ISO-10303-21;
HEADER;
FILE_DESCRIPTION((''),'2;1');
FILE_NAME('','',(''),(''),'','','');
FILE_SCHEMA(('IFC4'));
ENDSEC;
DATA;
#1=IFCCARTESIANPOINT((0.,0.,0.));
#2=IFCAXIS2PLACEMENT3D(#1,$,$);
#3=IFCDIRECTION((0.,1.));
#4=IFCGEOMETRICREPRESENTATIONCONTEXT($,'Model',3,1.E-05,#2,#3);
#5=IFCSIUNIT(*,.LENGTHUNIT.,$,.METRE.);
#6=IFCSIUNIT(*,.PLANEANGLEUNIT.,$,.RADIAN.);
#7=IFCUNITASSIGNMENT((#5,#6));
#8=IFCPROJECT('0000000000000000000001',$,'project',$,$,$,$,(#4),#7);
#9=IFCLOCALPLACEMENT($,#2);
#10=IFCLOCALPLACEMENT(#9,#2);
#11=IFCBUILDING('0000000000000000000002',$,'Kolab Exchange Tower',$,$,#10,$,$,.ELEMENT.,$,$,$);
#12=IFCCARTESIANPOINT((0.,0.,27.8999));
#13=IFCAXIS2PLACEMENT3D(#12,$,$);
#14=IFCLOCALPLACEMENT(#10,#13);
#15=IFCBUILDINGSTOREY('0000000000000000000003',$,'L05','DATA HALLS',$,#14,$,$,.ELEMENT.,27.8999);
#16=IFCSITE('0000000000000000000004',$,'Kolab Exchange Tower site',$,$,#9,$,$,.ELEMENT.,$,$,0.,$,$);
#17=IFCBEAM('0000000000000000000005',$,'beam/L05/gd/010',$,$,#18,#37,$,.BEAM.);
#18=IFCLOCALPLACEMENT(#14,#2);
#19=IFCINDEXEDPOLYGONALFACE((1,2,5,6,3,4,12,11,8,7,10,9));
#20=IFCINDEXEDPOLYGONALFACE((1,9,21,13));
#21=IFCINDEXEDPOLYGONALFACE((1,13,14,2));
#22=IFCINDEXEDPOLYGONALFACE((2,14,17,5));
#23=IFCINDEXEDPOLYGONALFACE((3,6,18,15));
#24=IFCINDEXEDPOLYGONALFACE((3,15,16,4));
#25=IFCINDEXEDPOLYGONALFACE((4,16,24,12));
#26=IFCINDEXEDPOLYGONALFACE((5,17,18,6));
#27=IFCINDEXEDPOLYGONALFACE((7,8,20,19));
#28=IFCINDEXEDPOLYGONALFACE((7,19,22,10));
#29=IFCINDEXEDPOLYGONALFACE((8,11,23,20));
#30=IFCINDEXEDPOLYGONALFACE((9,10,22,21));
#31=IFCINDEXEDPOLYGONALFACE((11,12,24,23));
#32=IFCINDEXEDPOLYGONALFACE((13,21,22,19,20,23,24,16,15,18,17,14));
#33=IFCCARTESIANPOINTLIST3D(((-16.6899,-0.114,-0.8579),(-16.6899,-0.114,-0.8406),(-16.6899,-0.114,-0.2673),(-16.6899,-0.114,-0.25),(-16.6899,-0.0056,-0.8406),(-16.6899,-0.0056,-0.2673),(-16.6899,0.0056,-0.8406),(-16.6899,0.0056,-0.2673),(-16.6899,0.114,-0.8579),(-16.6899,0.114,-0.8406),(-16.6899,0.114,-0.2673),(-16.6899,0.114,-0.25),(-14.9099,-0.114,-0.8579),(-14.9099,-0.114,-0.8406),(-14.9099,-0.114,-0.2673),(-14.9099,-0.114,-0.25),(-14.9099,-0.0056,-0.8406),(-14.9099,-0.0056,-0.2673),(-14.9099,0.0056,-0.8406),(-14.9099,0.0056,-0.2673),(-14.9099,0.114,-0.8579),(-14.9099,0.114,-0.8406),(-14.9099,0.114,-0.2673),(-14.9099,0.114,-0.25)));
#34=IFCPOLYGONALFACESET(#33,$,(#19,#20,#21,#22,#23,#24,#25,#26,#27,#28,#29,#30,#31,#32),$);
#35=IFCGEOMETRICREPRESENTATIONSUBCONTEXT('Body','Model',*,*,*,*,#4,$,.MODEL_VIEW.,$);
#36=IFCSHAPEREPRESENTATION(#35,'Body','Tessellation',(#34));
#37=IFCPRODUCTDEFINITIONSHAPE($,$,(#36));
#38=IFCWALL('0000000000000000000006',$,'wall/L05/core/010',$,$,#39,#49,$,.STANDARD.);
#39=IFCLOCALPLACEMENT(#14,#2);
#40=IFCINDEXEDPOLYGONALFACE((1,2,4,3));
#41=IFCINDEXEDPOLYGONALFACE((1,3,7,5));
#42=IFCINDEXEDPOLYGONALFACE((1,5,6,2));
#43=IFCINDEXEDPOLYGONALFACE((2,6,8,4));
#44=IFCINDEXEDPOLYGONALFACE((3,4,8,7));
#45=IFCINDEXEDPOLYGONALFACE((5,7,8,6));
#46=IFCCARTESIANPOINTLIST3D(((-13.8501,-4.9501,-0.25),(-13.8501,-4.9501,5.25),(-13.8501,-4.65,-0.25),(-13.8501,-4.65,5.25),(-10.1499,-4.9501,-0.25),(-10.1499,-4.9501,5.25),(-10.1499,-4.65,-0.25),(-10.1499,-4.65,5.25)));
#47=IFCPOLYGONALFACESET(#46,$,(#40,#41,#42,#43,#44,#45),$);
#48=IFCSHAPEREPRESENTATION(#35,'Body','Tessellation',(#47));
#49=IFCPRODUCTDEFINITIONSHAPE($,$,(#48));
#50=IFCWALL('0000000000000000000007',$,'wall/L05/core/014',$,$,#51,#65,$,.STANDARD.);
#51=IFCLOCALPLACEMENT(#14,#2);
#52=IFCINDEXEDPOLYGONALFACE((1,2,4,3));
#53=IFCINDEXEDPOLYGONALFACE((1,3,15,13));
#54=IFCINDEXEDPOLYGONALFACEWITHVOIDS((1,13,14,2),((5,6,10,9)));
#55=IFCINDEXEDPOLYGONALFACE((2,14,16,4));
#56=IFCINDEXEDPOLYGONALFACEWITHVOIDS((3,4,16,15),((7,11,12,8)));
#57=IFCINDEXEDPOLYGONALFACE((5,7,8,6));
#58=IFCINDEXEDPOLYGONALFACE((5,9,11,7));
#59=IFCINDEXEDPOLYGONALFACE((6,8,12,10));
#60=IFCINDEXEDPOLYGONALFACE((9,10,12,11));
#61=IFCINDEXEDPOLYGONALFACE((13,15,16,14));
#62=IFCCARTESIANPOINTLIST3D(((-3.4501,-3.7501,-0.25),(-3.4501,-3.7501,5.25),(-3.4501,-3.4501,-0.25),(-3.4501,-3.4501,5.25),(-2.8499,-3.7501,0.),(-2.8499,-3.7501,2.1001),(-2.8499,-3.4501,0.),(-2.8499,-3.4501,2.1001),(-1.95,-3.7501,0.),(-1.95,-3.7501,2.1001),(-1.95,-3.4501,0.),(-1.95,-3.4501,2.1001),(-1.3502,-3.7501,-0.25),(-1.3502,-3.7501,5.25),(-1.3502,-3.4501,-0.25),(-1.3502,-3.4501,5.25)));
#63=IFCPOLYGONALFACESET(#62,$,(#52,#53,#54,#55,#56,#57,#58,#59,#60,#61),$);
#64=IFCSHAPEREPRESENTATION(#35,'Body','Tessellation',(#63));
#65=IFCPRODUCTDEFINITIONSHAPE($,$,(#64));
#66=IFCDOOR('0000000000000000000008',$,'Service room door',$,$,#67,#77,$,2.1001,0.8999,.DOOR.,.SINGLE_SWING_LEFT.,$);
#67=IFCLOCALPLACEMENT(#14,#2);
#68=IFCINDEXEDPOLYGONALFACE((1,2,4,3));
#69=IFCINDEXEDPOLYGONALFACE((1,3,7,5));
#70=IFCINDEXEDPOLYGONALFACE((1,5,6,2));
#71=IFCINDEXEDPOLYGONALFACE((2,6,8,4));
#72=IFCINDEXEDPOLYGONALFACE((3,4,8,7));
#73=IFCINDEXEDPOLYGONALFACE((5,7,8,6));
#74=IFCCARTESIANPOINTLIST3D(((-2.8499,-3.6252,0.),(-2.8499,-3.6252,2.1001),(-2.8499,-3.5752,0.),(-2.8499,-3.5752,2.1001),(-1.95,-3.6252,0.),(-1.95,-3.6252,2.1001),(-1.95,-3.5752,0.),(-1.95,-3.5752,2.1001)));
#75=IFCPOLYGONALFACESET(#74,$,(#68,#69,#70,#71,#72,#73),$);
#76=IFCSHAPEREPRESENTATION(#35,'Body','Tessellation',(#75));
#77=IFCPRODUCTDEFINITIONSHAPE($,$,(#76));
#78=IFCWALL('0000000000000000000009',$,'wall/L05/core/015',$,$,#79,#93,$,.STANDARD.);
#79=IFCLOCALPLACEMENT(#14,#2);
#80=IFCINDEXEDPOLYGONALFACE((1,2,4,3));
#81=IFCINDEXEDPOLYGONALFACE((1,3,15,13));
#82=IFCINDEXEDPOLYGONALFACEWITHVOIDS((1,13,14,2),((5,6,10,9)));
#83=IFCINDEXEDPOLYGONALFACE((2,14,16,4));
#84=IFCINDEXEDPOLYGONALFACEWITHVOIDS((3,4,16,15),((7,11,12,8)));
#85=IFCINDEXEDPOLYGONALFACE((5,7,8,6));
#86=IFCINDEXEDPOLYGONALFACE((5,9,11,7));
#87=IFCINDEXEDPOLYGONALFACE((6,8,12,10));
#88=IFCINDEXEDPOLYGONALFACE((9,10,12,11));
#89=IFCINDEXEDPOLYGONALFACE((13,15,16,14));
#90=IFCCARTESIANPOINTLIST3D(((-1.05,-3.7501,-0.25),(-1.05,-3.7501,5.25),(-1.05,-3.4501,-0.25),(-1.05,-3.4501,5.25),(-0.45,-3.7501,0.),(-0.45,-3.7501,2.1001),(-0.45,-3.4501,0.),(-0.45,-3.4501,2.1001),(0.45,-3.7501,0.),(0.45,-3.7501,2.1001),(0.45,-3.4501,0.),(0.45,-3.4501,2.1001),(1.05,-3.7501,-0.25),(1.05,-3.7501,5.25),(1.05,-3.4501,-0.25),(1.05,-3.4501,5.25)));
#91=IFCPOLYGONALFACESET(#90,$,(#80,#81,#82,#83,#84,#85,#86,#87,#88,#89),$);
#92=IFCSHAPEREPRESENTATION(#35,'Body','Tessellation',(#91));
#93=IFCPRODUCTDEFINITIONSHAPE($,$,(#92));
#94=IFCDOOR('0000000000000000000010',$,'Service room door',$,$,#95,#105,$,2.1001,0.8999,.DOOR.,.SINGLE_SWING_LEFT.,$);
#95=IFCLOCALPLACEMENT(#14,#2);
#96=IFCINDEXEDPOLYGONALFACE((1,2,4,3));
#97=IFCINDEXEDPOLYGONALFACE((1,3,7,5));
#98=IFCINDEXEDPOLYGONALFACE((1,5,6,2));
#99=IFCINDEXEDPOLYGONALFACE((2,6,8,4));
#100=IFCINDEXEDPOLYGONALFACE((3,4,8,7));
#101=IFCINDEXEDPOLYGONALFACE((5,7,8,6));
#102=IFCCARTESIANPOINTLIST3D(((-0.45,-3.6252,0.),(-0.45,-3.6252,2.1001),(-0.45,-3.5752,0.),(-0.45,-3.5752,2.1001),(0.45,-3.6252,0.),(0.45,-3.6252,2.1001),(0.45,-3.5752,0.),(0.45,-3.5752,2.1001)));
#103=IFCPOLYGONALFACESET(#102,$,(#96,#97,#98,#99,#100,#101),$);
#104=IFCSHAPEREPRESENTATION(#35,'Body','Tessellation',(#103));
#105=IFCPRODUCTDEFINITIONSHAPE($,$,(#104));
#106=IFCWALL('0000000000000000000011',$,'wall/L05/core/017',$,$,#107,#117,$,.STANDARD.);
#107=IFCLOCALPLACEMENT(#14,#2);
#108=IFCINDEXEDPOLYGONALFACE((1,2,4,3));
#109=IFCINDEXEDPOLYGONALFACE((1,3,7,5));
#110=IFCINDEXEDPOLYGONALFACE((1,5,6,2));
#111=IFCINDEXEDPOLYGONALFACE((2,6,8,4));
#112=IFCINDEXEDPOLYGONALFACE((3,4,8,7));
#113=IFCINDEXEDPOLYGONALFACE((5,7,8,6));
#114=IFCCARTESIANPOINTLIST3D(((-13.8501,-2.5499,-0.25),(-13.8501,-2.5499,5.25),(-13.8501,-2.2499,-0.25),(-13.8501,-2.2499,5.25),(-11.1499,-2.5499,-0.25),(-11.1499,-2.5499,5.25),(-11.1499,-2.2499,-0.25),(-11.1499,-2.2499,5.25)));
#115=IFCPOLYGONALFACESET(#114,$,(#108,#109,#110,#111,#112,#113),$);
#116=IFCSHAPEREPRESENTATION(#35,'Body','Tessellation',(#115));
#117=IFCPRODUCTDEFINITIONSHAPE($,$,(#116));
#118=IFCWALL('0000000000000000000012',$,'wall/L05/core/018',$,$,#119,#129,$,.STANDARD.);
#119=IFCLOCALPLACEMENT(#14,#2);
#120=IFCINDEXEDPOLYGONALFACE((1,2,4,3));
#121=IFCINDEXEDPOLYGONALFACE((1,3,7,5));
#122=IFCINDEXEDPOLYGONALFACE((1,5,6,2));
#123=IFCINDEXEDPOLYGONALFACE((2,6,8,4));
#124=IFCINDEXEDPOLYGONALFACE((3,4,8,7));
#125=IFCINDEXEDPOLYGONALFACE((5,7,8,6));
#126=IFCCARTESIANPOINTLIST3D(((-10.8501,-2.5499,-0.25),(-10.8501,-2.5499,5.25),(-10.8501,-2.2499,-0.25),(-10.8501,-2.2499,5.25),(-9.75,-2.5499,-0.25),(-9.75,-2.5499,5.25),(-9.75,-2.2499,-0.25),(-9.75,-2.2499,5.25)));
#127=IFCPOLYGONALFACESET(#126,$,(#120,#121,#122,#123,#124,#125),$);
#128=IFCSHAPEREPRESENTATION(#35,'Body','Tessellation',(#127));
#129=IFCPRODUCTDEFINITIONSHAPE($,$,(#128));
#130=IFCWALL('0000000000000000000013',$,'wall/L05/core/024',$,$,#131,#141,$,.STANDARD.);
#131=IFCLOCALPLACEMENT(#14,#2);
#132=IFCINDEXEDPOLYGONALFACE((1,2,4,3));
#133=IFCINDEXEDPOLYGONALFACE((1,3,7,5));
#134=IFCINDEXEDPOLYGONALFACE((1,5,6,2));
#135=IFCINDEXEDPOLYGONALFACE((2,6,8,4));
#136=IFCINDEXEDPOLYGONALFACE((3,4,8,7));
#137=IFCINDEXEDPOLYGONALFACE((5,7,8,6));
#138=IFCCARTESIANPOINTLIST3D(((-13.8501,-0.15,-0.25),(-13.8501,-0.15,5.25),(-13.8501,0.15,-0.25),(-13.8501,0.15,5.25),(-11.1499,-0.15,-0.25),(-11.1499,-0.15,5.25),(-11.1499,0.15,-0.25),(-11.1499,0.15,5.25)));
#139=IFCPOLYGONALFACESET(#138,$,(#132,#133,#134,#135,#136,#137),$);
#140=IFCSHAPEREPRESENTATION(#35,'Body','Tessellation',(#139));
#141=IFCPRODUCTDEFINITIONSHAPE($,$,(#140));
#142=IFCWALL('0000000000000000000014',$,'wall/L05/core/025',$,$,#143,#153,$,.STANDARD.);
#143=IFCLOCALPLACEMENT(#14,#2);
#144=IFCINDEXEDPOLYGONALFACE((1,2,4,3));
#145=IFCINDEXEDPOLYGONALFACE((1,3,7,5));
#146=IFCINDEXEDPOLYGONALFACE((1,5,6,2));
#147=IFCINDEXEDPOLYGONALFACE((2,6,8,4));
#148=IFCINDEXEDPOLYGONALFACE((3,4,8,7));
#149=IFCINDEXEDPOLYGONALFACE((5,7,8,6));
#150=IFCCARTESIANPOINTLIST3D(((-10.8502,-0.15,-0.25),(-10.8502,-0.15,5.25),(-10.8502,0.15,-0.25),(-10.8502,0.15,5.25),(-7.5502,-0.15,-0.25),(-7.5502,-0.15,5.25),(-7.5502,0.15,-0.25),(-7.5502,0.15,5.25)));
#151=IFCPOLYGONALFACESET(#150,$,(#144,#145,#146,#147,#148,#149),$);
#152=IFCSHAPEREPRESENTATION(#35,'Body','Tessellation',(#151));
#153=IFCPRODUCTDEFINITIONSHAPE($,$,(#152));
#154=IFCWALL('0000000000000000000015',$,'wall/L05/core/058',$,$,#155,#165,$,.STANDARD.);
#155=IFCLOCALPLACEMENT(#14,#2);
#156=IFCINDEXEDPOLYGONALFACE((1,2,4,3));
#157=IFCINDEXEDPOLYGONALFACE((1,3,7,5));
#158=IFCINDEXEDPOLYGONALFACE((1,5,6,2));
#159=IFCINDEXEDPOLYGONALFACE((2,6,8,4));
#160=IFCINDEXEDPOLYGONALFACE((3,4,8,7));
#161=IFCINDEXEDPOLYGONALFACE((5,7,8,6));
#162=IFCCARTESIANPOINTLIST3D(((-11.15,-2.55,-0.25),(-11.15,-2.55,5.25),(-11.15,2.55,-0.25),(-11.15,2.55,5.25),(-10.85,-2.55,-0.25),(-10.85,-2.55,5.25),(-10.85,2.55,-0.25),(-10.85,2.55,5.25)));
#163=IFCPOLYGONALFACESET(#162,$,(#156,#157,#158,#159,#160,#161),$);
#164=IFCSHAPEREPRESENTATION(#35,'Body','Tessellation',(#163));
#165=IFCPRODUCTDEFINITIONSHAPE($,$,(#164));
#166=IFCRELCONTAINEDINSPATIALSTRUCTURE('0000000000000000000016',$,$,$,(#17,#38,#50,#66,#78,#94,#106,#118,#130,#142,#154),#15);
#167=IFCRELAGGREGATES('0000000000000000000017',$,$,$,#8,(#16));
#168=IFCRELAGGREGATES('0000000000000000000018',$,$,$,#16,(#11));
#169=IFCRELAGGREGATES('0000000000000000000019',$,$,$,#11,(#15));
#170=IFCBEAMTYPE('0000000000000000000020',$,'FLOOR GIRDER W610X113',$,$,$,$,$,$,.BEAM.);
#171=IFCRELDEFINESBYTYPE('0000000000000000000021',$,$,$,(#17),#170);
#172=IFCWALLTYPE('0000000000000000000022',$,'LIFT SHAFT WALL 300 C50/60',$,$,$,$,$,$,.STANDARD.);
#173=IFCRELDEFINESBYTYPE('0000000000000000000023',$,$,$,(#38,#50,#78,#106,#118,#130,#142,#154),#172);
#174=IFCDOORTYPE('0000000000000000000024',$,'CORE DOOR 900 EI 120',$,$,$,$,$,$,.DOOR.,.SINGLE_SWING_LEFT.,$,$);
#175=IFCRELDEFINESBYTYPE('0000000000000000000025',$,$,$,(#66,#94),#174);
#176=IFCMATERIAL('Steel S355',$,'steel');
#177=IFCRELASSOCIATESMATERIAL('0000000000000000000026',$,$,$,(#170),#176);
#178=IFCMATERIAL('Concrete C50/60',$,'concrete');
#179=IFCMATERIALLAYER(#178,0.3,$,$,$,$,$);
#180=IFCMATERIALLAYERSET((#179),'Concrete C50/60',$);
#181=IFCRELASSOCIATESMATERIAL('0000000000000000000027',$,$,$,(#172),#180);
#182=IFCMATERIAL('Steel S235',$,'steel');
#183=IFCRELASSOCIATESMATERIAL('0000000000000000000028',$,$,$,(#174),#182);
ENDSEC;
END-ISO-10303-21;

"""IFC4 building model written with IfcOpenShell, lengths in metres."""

from ifc_helpers import new_model, si_unit, direction, frame, frame_2d, origin, origin_2d, place, context, subcontext, project, spatial, rectangle, i_section, extrude, material, layer, layer_set, material_profile, profile_set, type_object, element, fill, save


model = new_model("IFC4")

# Units and contexts
model_context = context("Model", 3, precision=1e-05, world=origin(), true_north=direction((0.0, 1.0)))
body_context = subcontext(model_context, "Body", "Model", "MODEL_VIEW")
ifc_project = project(units=[si_unit("LENGTHUNIT", "METRE"), si_unit("PLANEANGLEUNIT", "RADIAN")], contexts=[model_context])

# Site, building, storey
site_placement = place(None, origin())
site = spatial("IfcSite", under=ifc_project, at=site_placement, Name="Kolab Exchange Tower site", CompositionType="ELEMENT", RefElevation=0.0)
building_placement = place(site_placement, origin())
building = spatial("IfcBuilding", under=site, at=building_placement, Name="Kolab Exchange Tower", CompositionType="ELEMENT")
storey_placement = place(building_placement, frame((0.0, 0.0, 27.8999)))
storey = spatial("IfcBuildingStorey", under=building, at=storey_placement, Name="L05", Description="DATA HALLS", CompositionType="ELEMENT", Elevation=27.8999)

# Beam
ifc_material_1 = material(Name="Steel S355", Category="steel")
ifc_material_profile = material_profile(ifc_material_1, i_section(OverallWidth=0.228, OverallDepth=0.6079, WebThickness=0.0112, FlangeThickness=0.0173, at=origin_2d()), Name="W610X113")
ifc_profile_set = profile_set([ifc_material_profile], Name="Steel S355")
beam_type = type_object("IfcBeamType", Name="FLOOR GIRDER W610X113", PredefinedType="BEAM", material=ifc_profile_set)
beam_placement = place(storey_placement, frame((-16.6899, 0.0, -0.554), z_axis=(1.0, 0.0, 0.0), x_axis=(0.0, 1.0, 0.0)))
element("IfcBeam", 1, at=beam_placement, inside=storey, type_object=beam_type, Name="beam/L05/gd/010", PredefinedType="BEAM", context=body_context, shape_type="SweptSolid", body=[
    extrude(i_section(OverallWidth=0.228, OverallDepth=0.6079, WebThickness=0.0112, FlangeThickness=0.0173, at=origin_2d()), origin(), (0.0, 0.0, 1.0), 1.78),
])

# Wall
ifc_material_2 = material(Name="Concrete C50/60", Category="concrete")
ifc_layer_1 = layer(ifc_material_2, 0.3)
ifc_layer_set_1 = layer_set([ifc_layer_1], Name="Concrete C50/60")
wall_type_1 = type_object("IfcWallType", Name="LIFT SHAFT WALL 300 C50/60", PredefinedType="STANDARD", material=ifc_layer_set_1)
wall_1_placement = place(storey_placement, frame((-13.8501, -4.8, -0.25), z_axis=(0.0, 0.0, 1.0), x_axis=(1.0, 0.0, 0.0)))
element("IfcWall", 2, at=wall_1_placement, inside=storey, type_object=wall_type_1, Name="wall/L05/core/010", PredefinedType="STANDARD", context=body_context, shape_type="SweptSolid", body=[
    extrude(rectangle(XDim=3.7002, YDim=0.3, at=frame_2d((1.8501, 0.0))), origin(), (0.0, 0.0, 1.0), 5.5),
])

# Walls, openings, doors
wall_2_placement = place(storey_placement, frame((-3.45, -3.6001, -0.25), z_axis=(0.0, 0.0, 1.0), x_axis=(1.0, 0.0, 0.0)))
wall_2 = element("IfcWall", 3, at=wall_2_placement, inside=storey, type_object=wall_type_1, Name="wall/L05/core/014", PredefinedType="STANDARD", context=body_context, shape_type="SweptSolid", body=[
    extrude(rectangle(XDim=2.0999, YDim=0.3, at=frame_2d((1.0498, 0.0))), origin(), (0.0, 0.0, 1.0), 5.5),
])
opening_1_placement = place(wall_2_placement, frame((0.6001, 0.0, 0.25)))
opening_1 = element("IfcOpeningElement", 4, at=opening_1_placement, cuts=wall_2, PredefinedType="OPENING", context=body_context, shape_type="SweptSolid", body=[
    extrude(rectangle(XDim=0.8999, YDim=2.1001, at=frame_2d((0.45, 1.05))), frame((0.0, 0.1602, 0.0), z_axis=(0.0, -1.0, 0.0), x_axis=(1.0, 0.0, 0.0)), (0.0, 0.0, 1.0), 0.3201),
])
ifc_material_3 = material(Name="Steel S235", Category="steel")
door_type_1 = type_object("IfcDoorType", Name="CORE DOOR 900 EI 120", OperationType="SINGLE_SWING_LEFT", PredefinedType="DOOR", material=ifc_material_3)
door_1_placement = place(opening_1_placement, origin())
door_1 = element("IfcDoor", 5, at=door_1_placement, inside=storey, type_object=door_type_1, Name="Service room door", OperationType="SINGLE_SWING_LEFT", OverallHeight=2.1001, OverallWidth=0.8999, PredefinedType="DOOR", context=body_context, shape_type="SweptSolid", body=[
    extrude(rectangle(XDim=0.8999, YDim=2.1001, at=frame_2d((0.45, 1.05))), frame((0.0, 0.0249, 0.0), z_axis=(0.0, -1.0, 0.0), x_axis=(1.0, 0.0, 0.0)), (0.0, 0.0, 1.0), 0.05),
])
fill(opening_1, door_1)
wall_3_placement = place(storey_placement, frame((-1.05, -3.6001, -0.25), z_axis=(0.0, 0.0, 1.0), x_axis=(1.0, 0.0, 0.0)))
wall_3 = element("IfcWall", 6, at=wall_3_placement, inside=storey, type_object=wall_type_1, Name="wall/L05/core/015", PredefinedType="STANDARD", context=body_context, shape_type="SweptSolid", body=[
    extrude(rectangle(XDim=2.1001, YDim=0.3, at=frame_2d((1.05, 0.0))), origin(), (0.0, 0.0, 1.0), 5.5),
])
opening_2_placement = place(wall_3_placement, frame((0.6001, 0.0, 0.25)))
opening_2 = element("IfcOpeningElement", 7, at=opening_2_placement, cuts=wall_3, PredefinedType="OPENING", context=body_context, shape_type="SweptSolid", body=[
    extrude(rectangle(XDim=0.8999, YDim=2.1001, at=frame_2d((0.45, 1.05))), frame((0.0, 0.1602, 0.0), z_axis=(0.0, -1.0, 0.0), x_axis=(1.0, 0.0, 0.0)), (0.0, 0.0, 1.0), 0.3201),
])
door_2_placement = place(opening_2_placement, origin())
door_2 = element("IfcDoor", 8, at=door_2_placement, inside=storey, type_object=door_type_1, Name="Service room door", OperationType="SINGLE_SWING_LEFT", OverallHeight=2.1001, OverallWidth=0.8999, PredefinedType="DOOR", context=body_context, shape_type="SweptSolid", body=[
    extrude(rectangle(XDim=0.8999, YDim=2.1001, at=frame_2d((0.45, 1.05))), frame((0.0, 0.0249, 0.0), z_axis=(0.0, -1.0, 0.0), x_axis=(1.0, 0.0, 0.0)), (0.0, 0.0, 1.0), 0.05),
])
fill(opening_2, door_2)

# Walls
wall_4_placement = place(storey_placement, frame((-13.8501, -2.3999, -0.25), z_axis=(0.0, 0.0, 1.0), x_axis=(1.0, 0.0, 0.0)))
element("IfcWall", 9, at=wall_4_placement, inside=storey, type_object=wall_type_1, Name="wall/L05/core/017", PredefinedType="STANDARD", context=body_context, shape_type="SweptSolid", body=[
    extrude(rectangle(XDim=2.7002, YDim=0.3, at=frame_2d((1.3501, 0.0))), origin(), (0.0, 0.0, 1.0), 5.5),
])
wall_5_placement = place(storey_placement, frame((-10.8501, -2.3999, -0.25), z_axis=(0.0, 0.0, 1.0), x_axis=(1.0, 0.0, 0.0)))
element("IfcWall", 10, at=wall_5_placement, inside=storey, type_object=wall_type_1, Name="wall/L05/core/018", PredefinedType="STANDARD", context=body_context, shape_type="SweptSolid", body=[
    extrude(rectangle(XDim=1.1001, YDim=0.3, at=frame_2d((0.55, 0.0))), origin(), (0.0, 0.0, 1.0), 5.5),
])
wall_6_placement = place(storey_placement, frame((-13.8501, 0.0, -0.25), z_axis=(0.0, 0.0, 1.0), x_axis=(1.0, 0.0, 0.0)))
element("IfcWall", 11, at=wall_6_placement, inside=storey, type_object=wall_type_1, Name="wall/L05/core/024", PredefinedType="STANDARD", context=body_context, shape_type="SweptSolid", body=[
    extrude(rectangle(XDim=2.7002, YDim=0.3, at=frame_2d((1.3501, 0.0))), origin(), (0.0, 0.0, 1.0), 5.5),
])
wall_7_placement = place(storey_placement, frame((-10.8501, 0.0, -0.25), z_axis=(0.0, 0.0, 1.0), x_axis=(1.0, 0.0, 0.0)))
element("IfcWall", 12, at=wall_7_placement, inside=storey, type_object=wall_type_1, Name="wall/L05/core/025", PredefinedType="STANDARD", context=body_context, shape_type="SweptSolid", body=[
    extrude(rectangle(XDim=3.3, YDim=0.3, at=frame_2d((1.6499, 0.0))), origin(), (0.0, 0.0, 1.0), 5.5),
])
wall_8_placement = place(storey_placement, frame((-11.0, -2.55, -0.25), z_axis=(0.0, 0.0, 1.0), x_axis=(0.0, 1.0, 0.0)))
element("IfcWall", 13, at=wall_8_placement, inside=storey, type_object=wall_type_1, Name="wall/L05/core/058", PredefinedType="STANDARD", context=body_context, shape_type="SweptSolid", body=[
    extrude(rectangle(XDim=5.1001, YDim=0.3, at=frame_2d((2.55, 0.0))), origin(), (0.0, 0.0, 1.0), 5.5),
])

save(model, "model.ifc")
